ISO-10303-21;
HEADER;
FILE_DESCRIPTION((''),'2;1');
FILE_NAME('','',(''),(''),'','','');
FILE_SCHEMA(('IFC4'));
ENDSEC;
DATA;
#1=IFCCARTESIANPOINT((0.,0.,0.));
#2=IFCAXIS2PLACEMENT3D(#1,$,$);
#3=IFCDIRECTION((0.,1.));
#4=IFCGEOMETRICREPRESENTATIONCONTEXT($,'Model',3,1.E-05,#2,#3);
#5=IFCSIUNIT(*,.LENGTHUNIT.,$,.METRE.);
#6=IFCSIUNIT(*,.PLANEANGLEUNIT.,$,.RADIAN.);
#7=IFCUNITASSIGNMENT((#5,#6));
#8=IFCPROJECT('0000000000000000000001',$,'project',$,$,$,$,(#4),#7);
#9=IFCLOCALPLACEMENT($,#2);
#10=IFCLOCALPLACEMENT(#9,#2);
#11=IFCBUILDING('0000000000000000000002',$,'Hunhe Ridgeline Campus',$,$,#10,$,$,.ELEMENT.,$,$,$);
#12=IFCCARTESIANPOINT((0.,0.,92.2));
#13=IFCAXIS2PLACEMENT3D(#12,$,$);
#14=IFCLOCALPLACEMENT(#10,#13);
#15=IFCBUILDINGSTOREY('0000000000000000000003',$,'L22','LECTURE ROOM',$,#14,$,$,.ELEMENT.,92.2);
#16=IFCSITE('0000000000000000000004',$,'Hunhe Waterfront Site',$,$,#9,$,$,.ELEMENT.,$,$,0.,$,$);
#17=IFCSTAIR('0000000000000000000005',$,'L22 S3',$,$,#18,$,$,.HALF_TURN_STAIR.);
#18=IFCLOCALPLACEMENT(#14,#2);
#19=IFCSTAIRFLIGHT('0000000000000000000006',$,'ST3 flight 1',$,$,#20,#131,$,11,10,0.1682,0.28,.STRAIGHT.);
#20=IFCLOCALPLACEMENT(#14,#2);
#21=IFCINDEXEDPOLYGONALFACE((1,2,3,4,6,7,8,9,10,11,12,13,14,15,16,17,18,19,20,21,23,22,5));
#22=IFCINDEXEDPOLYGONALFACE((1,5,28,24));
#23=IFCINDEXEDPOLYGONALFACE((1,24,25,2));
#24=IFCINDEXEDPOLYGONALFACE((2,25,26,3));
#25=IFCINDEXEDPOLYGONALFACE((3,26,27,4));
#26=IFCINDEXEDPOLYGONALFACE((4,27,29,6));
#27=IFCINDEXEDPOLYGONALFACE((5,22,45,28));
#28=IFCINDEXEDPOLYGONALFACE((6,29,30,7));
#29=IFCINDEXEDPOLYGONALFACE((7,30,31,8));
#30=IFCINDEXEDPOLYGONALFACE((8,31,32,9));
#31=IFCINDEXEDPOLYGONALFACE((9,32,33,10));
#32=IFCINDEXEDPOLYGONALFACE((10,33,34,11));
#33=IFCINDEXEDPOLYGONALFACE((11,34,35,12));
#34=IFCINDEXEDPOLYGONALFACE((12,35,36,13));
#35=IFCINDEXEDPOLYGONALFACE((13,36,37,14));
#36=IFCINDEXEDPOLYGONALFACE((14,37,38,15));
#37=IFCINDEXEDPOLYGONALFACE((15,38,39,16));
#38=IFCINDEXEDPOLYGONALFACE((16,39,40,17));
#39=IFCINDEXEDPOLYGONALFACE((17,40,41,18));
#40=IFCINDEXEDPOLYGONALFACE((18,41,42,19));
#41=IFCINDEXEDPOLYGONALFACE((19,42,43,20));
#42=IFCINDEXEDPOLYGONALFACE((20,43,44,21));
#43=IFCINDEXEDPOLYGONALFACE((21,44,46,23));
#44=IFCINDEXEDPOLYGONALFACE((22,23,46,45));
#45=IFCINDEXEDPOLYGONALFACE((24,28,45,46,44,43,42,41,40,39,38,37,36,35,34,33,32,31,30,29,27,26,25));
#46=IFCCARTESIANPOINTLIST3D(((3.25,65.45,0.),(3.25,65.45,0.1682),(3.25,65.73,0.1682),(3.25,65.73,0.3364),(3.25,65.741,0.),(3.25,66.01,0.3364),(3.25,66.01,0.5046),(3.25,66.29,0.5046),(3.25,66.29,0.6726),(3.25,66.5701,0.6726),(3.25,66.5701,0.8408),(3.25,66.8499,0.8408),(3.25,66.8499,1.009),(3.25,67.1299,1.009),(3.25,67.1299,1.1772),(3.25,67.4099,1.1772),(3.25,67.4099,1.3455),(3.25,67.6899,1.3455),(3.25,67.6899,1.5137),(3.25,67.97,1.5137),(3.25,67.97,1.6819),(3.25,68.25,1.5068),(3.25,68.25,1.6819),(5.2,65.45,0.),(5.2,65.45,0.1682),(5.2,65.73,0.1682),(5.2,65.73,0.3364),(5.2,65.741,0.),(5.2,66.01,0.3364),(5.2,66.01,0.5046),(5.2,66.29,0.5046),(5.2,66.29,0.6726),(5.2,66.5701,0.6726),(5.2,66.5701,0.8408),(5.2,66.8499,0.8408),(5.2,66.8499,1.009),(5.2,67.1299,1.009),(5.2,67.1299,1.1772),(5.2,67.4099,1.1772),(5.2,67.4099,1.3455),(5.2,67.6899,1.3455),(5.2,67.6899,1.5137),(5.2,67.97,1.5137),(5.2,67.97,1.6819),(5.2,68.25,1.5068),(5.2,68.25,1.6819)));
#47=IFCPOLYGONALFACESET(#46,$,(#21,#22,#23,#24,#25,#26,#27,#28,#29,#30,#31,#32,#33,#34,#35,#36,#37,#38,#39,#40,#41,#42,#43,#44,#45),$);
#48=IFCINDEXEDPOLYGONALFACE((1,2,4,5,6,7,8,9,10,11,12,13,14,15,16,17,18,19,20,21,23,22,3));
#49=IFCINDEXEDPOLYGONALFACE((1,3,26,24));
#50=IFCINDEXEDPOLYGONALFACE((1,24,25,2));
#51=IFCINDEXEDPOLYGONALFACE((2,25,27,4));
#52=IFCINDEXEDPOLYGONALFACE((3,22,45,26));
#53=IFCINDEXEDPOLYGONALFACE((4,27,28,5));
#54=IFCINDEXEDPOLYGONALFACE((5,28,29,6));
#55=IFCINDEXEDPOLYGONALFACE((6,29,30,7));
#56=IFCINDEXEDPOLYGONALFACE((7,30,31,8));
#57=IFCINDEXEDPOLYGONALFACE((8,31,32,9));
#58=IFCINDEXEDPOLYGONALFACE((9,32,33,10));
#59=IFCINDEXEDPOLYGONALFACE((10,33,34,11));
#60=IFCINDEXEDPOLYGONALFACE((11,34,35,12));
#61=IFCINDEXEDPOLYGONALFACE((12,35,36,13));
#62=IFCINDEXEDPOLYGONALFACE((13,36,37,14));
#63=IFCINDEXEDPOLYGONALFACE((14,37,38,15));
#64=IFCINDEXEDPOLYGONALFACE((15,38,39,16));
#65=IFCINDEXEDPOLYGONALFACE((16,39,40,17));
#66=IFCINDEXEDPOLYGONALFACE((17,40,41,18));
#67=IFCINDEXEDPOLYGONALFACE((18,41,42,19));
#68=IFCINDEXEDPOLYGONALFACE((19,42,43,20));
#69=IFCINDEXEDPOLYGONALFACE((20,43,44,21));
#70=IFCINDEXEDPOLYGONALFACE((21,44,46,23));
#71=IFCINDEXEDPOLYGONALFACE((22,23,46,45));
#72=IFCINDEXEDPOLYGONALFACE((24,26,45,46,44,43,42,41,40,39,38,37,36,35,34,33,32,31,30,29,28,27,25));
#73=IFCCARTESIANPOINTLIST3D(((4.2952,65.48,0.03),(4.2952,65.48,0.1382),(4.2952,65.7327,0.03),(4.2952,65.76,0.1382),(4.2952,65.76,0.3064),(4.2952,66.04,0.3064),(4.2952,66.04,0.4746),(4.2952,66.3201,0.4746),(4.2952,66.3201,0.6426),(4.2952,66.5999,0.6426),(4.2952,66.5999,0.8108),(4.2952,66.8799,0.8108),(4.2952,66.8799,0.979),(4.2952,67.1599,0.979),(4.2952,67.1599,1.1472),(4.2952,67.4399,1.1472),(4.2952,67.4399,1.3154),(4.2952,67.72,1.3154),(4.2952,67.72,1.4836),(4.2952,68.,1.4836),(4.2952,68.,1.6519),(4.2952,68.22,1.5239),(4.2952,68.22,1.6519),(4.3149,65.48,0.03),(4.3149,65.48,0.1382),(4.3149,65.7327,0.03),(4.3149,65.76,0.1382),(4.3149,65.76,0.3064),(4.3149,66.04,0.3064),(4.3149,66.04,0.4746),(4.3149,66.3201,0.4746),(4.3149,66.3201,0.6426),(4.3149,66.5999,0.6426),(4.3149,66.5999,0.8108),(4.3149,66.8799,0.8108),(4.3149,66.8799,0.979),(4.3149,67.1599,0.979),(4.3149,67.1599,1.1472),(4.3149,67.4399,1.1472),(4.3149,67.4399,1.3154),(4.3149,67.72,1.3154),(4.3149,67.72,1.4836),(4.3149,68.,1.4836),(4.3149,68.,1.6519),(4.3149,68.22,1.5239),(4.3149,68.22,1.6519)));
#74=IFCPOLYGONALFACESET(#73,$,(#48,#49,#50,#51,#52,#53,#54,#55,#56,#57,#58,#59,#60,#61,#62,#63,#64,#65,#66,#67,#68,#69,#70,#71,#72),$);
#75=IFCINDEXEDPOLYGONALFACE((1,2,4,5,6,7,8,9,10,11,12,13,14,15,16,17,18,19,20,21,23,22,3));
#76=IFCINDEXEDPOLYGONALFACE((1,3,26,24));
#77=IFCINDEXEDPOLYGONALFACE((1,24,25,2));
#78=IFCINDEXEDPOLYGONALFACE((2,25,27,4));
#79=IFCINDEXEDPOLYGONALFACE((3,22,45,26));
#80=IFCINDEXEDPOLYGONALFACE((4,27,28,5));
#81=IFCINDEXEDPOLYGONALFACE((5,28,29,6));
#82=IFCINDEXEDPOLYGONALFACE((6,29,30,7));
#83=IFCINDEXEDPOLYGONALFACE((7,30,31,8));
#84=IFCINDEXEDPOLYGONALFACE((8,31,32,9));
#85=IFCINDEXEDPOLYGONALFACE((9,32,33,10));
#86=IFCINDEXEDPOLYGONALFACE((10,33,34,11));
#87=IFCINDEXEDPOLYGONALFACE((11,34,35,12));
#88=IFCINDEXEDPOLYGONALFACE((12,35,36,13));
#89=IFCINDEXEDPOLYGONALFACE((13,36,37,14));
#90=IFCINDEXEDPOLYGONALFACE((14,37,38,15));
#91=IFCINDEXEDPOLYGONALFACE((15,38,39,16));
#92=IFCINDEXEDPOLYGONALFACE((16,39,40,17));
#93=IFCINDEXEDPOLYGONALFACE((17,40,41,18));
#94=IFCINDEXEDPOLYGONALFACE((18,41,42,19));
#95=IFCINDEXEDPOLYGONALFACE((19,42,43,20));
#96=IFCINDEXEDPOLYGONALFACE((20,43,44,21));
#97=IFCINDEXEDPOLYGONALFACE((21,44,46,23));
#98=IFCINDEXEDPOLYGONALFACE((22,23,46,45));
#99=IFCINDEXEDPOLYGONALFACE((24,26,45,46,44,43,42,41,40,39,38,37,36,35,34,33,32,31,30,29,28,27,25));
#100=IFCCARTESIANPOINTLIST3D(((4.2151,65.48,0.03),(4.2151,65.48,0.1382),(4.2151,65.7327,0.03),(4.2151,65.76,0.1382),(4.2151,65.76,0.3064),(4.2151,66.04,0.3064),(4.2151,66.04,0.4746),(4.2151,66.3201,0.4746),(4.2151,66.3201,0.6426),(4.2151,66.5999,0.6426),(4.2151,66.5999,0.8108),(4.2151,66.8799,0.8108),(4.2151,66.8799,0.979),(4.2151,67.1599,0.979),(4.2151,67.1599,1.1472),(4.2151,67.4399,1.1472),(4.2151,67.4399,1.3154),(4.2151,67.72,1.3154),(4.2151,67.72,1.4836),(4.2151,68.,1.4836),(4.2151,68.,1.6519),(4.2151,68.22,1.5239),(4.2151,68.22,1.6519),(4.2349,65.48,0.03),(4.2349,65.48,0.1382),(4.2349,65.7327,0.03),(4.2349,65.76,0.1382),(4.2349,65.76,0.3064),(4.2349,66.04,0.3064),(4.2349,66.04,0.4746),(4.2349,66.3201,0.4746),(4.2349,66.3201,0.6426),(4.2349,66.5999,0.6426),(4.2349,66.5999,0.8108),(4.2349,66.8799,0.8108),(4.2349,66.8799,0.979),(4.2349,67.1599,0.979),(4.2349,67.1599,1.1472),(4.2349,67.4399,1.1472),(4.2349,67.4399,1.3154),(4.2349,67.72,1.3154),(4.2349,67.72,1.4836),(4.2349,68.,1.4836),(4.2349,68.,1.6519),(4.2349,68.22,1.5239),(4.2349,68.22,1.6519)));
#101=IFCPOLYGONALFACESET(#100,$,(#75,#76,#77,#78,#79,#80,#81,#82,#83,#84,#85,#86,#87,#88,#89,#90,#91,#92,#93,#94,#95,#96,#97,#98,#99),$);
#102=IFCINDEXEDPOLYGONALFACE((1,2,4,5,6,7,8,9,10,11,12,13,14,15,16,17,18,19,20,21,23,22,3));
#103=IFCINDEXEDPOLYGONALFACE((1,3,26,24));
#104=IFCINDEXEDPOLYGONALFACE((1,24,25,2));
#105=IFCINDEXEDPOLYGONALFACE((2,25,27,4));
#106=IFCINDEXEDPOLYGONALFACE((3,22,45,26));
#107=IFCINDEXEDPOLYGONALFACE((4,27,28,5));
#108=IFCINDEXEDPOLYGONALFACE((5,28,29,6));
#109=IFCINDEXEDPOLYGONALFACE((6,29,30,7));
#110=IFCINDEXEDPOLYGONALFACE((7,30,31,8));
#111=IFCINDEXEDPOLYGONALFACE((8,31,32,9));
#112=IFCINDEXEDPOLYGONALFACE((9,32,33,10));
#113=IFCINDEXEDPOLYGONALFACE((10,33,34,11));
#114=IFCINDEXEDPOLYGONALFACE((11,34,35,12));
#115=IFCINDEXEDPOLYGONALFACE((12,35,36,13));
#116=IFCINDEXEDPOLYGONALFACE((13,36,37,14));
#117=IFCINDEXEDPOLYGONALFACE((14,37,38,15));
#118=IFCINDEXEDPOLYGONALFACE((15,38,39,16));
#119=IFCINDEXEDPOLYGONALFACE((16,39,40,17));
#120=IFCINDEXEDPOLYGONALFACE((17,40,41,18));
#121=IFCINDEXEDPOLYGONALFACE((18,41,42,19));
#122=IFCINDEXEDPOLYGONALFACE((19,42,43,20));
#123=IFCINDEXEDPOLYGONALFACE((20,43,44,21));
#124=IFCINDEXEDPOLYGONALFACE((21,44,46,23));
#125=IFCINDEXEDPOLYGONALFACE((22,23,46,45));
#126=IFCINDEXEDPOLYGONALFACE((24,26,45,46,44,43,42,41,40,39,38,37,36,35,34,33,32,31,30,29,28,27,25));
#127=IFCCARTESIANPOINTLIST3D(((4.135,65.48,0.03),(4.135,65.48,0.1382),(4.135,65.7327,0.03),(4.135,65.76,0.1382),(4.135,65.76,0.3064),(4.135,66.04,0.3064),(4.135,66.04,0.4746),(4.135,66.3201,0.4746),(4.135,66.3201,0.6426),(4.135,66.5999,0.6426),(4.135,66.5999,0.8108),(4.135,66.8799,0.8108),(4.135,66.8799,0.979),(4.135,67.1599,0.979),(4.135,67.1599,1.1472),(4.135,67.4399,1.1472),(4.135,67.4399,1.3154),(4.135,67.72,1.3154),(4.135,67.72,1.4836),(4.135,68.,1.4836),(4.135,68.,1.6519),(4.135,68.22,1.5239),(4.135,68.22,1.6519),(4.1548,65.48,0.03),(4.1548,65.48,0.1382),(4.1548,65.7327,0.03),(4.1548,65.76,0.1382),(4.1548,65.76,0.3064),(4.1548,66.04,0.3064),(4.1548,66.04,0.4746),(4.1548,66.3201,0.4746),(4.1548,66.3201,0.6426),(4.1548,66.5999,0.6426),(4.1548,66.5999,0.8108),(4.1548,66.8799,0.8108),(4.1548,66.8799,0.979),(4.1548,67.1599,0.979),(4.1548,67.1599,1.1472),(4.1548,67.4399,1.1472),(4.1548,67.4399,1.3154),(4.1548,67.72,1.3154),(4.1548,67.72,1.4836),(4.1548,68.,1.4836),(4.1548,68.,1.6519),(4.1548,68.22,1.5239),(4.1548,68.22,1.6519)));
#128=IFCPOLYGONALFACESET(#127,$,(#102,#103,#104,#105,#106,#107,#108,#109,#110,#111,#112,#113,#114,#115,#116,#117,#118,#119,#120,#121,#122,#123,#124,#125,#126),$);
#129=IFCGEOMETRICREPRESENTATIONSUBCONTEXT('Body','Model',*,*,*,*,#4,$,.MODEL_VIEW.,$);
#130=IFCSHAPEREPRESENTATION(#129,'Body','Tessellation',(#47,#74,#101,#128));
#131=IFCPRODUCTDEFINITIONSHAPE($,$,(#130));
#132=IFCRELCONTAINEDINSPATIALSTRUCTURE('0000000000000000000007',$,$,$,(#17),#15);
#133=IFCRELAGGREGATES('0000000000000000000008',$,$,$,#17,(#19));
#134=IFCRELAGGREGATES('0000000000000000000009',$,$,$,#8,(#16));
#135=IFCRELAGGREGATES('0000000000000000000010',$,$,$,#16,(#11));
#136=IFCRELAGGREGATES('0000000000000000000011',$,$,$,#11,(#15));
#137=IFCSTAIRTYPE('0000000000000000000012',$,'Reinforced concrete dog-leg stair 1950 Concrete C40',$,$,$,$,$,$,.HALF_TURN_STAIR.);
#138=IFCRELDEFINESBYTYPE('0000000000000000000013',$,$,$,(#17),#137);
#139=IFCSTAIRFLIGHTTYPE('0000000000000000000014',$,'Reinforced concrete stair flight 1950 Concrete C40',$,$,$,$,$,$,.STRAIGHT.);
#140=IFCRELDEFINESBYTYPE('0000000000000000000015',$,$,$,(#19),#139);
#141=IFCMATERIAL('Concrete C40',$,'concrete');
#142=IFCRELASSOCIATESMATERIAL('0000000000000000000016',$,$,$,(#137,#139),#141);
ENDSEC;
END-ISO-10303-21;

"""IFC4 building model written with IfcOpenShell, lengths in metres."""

from ifc_helpers import new_model, si_unit, direction, frame, origin, place, context, subcontext, project, spatial, polyline, outline, extrude, material, type_object, element, aggregate, save


model = new_model("IFC4")

# Units and contexts
model_context = context("Model", 3, precision=1e-05, world=origin(), true_north=direction((0.0, 1.0)))
body_context = subcontext(model_context, "Body", "Model", "MODEL_VIEW")
ifc_project = project(units=[si_unit("LENGTHUNIT", "METRE"), si_unit("PLANEANGLEUNIT", "RADIAN")], contexts=[model_context])

# Site, building, storey
site_placement = place(None, origin())
site = spatial("IfcSite", under=ifc_project, at=site_placement, Name="Hunhe Waterfront Site", CompositionType="ELEMENT", RefElevation=0.0)
building_placement = place(site_placement, origin())
building = spatial("IfcBuilding", under=site, at=building_placement, Name="Hunhe Ridgeline Campus", CompositionType="ELEMENT")
storey_placement = place(building_placement, frame((0.0, 0.0, 92.2)))
storey = spatial("IfcBuildingStorey", under=building, at=storey_placement, Name="L22", Description="LECTURE ROOM", CompositionType="ELEMENT", Elevation=92.2)

# Stair, stair flight
ifc_material_1 = material(Name="Concrete C40", Category="concrete")
stair_type = type_object("IfcStairType", Name="Reinforced concrete dog-leg stair 1950 Concrete C40", PredefinedType="HALF_TURN_STAIR", material=ifc_material_1)
stair_1_placement = place(storey_placement, origin())
stair_1 = element("IfcStair", 1, at=stair_1_placement, inside=storey, type_object=stair_type, Name="L22 S3", PredefinedType="HALF_TURN_STAIR")
stair_flight_type = type_object("IfcStairFlightType", Name="Reinforced concrete stair flight 1950 Concrete C40", PredefinedType="STRAIGHT", material=ifc_material_1)
stair_flight_1_placement = place(storey_placement, frame((4.2251, 65.45, 0.0), z_axis=(0.0, 0.0, 1.0), x_axis=(0.0, 1.0, 0.0)))
stair_flight_1 = element("IfcStairFlight", 2, at=stair_flight_1_placement, type_object=stair_flight_type, Name="ST3 flight 1", NumberOfRisers=11, NumberOfTreads=10, PredefinedType="STRAIGHT", RiserHeight=0.1682, TreadLength=0.28, context=body_context, shape_type="SweptSolid", body=[
    extrude(outline(polyline([(0.0, 0.0), (0.0, 0.1682), (0.28, 0.1682), (0.28, 0.3364), (0.5601, 0.3364), (0.5601, 0.5046), (0.8401, 0.5046), (0.8401, 0.6726), (1.1201, 0.6726), (1.1201, 0.8408), (1.3999, 0.8408), (1.3999, 1.009), (1.6799, 1.009), (1.6799, 1.1772), (1.96, 1.1772), (1.96, 1.3455), (2.24, 1.3455), (2.24, 1.5137), (2.52, 1.5137), (2.52, 1.6819), (2.8, 1.6819), (2.8, 1.8501), (2.8, 1.5068), (0.291, 0.0), (0.0, 0.0)])), frame((0.0, 0.9751, 0.0), z_axis=(0.0, -1.0, 0.0), x_axis=(1.0, 0.0, 0.0)), (0.0, 0.0, 1.0), 1.95),
    extrude(outline(polyline([(0.03, 0.03), (0.03, 0.1382), (0.3101, 0.1382), (0.3101, 0.3064), (0.5901, 0.3064), (0.5901, 0.4746), (0.8701, 0.4746), (0.8701, 0.6426), (1.1499, 0.6426), (1.1499, 0.8108), (1.4299, 0.8108), (1.4299, 0.979), (1.71, 0.979), (1.71, 1.1472), (1.99, 1.1472), (1.99, 1.3154), (2.27, 1.3154), (2.27, 1.4836), (2.55, 1.4836), (2.55, 1.6519), (2.77, 1.6519), (2.77, 1.5239), (0.2827, 0.03), (0.03, 0.03)])), frame((0.0, -0.0701, 0.0), z_axis=(0.0, -1.0, 0.0), x_axis=(1.0, 0.0, 0.0)), (0.0, 0.0, 1.0), 0.0198),
    extrude(outline(polyline([(0.03, 0.03), (0.03, 0.1382), (0.3101, 0.1382), (0.3101, 0.3064), (0.5901, 0.3064), (0.5901, 0.4746), (0.8701, 0.4746), (0.8701, 0.6426), (1.1499, 0.6426), (1.1499, 0.8108), (1.4299, 0.8108), (1.4299, 0.979), (1.71, 0.979), (1.71, 1.1472), (1.99, 1.1472), (1.99, 1.3154), (2.27, 1.3154), (2.27, 1.4836), (2.55, 1.4836), (2.55, 1.6519), (2.77, 1.6519), (2.77, 1.5239), (0.2827, 0.03), (0.03, 0.03)])), frame((0.0, 0.01, 0.0), z_axis=(0.0, -1.0, 0.0), x_axis=(1.0, 0.0, 0.0)), (0.0, 0.0, 1.0), 0.0198),
    extrude(outline(polyline([(0.03, 0.03), (0.03, 0.1382), (0.3101, 0.1382), (0.3101, 0.3064), (0.5901, 0.3064), (0.5901, 0.4746), (0.8701, 0.4746), (0.8701, 0.6426), (1.1499, 0.6426), (1.1499, 0.8108), (1.4299, 0.8108), (1.4299, 0.979), (1.71, 0.979), (1.71, 1.1472), (1.99, 1.1472), (1.99, 1.3154), (2.27, 1.3154), (2.27, 1.4836), (2.55, 1.4836), (2.55, 1.6519), (2.77, 1.6519), (2.77, 1.5239), (0.2827, 0.03), (0.03, 0.03)])), frame((0.0, 0.0901, 0.0), z_axis=(0.0, -1.0, 0.0), x_axis=(1.0, 0.0, 0.0)), (0.0, 0.0, 1.0), 0.0198),
])
aggregate(stair_1, [stair_flight_1])

save(model, "model.ifc")
